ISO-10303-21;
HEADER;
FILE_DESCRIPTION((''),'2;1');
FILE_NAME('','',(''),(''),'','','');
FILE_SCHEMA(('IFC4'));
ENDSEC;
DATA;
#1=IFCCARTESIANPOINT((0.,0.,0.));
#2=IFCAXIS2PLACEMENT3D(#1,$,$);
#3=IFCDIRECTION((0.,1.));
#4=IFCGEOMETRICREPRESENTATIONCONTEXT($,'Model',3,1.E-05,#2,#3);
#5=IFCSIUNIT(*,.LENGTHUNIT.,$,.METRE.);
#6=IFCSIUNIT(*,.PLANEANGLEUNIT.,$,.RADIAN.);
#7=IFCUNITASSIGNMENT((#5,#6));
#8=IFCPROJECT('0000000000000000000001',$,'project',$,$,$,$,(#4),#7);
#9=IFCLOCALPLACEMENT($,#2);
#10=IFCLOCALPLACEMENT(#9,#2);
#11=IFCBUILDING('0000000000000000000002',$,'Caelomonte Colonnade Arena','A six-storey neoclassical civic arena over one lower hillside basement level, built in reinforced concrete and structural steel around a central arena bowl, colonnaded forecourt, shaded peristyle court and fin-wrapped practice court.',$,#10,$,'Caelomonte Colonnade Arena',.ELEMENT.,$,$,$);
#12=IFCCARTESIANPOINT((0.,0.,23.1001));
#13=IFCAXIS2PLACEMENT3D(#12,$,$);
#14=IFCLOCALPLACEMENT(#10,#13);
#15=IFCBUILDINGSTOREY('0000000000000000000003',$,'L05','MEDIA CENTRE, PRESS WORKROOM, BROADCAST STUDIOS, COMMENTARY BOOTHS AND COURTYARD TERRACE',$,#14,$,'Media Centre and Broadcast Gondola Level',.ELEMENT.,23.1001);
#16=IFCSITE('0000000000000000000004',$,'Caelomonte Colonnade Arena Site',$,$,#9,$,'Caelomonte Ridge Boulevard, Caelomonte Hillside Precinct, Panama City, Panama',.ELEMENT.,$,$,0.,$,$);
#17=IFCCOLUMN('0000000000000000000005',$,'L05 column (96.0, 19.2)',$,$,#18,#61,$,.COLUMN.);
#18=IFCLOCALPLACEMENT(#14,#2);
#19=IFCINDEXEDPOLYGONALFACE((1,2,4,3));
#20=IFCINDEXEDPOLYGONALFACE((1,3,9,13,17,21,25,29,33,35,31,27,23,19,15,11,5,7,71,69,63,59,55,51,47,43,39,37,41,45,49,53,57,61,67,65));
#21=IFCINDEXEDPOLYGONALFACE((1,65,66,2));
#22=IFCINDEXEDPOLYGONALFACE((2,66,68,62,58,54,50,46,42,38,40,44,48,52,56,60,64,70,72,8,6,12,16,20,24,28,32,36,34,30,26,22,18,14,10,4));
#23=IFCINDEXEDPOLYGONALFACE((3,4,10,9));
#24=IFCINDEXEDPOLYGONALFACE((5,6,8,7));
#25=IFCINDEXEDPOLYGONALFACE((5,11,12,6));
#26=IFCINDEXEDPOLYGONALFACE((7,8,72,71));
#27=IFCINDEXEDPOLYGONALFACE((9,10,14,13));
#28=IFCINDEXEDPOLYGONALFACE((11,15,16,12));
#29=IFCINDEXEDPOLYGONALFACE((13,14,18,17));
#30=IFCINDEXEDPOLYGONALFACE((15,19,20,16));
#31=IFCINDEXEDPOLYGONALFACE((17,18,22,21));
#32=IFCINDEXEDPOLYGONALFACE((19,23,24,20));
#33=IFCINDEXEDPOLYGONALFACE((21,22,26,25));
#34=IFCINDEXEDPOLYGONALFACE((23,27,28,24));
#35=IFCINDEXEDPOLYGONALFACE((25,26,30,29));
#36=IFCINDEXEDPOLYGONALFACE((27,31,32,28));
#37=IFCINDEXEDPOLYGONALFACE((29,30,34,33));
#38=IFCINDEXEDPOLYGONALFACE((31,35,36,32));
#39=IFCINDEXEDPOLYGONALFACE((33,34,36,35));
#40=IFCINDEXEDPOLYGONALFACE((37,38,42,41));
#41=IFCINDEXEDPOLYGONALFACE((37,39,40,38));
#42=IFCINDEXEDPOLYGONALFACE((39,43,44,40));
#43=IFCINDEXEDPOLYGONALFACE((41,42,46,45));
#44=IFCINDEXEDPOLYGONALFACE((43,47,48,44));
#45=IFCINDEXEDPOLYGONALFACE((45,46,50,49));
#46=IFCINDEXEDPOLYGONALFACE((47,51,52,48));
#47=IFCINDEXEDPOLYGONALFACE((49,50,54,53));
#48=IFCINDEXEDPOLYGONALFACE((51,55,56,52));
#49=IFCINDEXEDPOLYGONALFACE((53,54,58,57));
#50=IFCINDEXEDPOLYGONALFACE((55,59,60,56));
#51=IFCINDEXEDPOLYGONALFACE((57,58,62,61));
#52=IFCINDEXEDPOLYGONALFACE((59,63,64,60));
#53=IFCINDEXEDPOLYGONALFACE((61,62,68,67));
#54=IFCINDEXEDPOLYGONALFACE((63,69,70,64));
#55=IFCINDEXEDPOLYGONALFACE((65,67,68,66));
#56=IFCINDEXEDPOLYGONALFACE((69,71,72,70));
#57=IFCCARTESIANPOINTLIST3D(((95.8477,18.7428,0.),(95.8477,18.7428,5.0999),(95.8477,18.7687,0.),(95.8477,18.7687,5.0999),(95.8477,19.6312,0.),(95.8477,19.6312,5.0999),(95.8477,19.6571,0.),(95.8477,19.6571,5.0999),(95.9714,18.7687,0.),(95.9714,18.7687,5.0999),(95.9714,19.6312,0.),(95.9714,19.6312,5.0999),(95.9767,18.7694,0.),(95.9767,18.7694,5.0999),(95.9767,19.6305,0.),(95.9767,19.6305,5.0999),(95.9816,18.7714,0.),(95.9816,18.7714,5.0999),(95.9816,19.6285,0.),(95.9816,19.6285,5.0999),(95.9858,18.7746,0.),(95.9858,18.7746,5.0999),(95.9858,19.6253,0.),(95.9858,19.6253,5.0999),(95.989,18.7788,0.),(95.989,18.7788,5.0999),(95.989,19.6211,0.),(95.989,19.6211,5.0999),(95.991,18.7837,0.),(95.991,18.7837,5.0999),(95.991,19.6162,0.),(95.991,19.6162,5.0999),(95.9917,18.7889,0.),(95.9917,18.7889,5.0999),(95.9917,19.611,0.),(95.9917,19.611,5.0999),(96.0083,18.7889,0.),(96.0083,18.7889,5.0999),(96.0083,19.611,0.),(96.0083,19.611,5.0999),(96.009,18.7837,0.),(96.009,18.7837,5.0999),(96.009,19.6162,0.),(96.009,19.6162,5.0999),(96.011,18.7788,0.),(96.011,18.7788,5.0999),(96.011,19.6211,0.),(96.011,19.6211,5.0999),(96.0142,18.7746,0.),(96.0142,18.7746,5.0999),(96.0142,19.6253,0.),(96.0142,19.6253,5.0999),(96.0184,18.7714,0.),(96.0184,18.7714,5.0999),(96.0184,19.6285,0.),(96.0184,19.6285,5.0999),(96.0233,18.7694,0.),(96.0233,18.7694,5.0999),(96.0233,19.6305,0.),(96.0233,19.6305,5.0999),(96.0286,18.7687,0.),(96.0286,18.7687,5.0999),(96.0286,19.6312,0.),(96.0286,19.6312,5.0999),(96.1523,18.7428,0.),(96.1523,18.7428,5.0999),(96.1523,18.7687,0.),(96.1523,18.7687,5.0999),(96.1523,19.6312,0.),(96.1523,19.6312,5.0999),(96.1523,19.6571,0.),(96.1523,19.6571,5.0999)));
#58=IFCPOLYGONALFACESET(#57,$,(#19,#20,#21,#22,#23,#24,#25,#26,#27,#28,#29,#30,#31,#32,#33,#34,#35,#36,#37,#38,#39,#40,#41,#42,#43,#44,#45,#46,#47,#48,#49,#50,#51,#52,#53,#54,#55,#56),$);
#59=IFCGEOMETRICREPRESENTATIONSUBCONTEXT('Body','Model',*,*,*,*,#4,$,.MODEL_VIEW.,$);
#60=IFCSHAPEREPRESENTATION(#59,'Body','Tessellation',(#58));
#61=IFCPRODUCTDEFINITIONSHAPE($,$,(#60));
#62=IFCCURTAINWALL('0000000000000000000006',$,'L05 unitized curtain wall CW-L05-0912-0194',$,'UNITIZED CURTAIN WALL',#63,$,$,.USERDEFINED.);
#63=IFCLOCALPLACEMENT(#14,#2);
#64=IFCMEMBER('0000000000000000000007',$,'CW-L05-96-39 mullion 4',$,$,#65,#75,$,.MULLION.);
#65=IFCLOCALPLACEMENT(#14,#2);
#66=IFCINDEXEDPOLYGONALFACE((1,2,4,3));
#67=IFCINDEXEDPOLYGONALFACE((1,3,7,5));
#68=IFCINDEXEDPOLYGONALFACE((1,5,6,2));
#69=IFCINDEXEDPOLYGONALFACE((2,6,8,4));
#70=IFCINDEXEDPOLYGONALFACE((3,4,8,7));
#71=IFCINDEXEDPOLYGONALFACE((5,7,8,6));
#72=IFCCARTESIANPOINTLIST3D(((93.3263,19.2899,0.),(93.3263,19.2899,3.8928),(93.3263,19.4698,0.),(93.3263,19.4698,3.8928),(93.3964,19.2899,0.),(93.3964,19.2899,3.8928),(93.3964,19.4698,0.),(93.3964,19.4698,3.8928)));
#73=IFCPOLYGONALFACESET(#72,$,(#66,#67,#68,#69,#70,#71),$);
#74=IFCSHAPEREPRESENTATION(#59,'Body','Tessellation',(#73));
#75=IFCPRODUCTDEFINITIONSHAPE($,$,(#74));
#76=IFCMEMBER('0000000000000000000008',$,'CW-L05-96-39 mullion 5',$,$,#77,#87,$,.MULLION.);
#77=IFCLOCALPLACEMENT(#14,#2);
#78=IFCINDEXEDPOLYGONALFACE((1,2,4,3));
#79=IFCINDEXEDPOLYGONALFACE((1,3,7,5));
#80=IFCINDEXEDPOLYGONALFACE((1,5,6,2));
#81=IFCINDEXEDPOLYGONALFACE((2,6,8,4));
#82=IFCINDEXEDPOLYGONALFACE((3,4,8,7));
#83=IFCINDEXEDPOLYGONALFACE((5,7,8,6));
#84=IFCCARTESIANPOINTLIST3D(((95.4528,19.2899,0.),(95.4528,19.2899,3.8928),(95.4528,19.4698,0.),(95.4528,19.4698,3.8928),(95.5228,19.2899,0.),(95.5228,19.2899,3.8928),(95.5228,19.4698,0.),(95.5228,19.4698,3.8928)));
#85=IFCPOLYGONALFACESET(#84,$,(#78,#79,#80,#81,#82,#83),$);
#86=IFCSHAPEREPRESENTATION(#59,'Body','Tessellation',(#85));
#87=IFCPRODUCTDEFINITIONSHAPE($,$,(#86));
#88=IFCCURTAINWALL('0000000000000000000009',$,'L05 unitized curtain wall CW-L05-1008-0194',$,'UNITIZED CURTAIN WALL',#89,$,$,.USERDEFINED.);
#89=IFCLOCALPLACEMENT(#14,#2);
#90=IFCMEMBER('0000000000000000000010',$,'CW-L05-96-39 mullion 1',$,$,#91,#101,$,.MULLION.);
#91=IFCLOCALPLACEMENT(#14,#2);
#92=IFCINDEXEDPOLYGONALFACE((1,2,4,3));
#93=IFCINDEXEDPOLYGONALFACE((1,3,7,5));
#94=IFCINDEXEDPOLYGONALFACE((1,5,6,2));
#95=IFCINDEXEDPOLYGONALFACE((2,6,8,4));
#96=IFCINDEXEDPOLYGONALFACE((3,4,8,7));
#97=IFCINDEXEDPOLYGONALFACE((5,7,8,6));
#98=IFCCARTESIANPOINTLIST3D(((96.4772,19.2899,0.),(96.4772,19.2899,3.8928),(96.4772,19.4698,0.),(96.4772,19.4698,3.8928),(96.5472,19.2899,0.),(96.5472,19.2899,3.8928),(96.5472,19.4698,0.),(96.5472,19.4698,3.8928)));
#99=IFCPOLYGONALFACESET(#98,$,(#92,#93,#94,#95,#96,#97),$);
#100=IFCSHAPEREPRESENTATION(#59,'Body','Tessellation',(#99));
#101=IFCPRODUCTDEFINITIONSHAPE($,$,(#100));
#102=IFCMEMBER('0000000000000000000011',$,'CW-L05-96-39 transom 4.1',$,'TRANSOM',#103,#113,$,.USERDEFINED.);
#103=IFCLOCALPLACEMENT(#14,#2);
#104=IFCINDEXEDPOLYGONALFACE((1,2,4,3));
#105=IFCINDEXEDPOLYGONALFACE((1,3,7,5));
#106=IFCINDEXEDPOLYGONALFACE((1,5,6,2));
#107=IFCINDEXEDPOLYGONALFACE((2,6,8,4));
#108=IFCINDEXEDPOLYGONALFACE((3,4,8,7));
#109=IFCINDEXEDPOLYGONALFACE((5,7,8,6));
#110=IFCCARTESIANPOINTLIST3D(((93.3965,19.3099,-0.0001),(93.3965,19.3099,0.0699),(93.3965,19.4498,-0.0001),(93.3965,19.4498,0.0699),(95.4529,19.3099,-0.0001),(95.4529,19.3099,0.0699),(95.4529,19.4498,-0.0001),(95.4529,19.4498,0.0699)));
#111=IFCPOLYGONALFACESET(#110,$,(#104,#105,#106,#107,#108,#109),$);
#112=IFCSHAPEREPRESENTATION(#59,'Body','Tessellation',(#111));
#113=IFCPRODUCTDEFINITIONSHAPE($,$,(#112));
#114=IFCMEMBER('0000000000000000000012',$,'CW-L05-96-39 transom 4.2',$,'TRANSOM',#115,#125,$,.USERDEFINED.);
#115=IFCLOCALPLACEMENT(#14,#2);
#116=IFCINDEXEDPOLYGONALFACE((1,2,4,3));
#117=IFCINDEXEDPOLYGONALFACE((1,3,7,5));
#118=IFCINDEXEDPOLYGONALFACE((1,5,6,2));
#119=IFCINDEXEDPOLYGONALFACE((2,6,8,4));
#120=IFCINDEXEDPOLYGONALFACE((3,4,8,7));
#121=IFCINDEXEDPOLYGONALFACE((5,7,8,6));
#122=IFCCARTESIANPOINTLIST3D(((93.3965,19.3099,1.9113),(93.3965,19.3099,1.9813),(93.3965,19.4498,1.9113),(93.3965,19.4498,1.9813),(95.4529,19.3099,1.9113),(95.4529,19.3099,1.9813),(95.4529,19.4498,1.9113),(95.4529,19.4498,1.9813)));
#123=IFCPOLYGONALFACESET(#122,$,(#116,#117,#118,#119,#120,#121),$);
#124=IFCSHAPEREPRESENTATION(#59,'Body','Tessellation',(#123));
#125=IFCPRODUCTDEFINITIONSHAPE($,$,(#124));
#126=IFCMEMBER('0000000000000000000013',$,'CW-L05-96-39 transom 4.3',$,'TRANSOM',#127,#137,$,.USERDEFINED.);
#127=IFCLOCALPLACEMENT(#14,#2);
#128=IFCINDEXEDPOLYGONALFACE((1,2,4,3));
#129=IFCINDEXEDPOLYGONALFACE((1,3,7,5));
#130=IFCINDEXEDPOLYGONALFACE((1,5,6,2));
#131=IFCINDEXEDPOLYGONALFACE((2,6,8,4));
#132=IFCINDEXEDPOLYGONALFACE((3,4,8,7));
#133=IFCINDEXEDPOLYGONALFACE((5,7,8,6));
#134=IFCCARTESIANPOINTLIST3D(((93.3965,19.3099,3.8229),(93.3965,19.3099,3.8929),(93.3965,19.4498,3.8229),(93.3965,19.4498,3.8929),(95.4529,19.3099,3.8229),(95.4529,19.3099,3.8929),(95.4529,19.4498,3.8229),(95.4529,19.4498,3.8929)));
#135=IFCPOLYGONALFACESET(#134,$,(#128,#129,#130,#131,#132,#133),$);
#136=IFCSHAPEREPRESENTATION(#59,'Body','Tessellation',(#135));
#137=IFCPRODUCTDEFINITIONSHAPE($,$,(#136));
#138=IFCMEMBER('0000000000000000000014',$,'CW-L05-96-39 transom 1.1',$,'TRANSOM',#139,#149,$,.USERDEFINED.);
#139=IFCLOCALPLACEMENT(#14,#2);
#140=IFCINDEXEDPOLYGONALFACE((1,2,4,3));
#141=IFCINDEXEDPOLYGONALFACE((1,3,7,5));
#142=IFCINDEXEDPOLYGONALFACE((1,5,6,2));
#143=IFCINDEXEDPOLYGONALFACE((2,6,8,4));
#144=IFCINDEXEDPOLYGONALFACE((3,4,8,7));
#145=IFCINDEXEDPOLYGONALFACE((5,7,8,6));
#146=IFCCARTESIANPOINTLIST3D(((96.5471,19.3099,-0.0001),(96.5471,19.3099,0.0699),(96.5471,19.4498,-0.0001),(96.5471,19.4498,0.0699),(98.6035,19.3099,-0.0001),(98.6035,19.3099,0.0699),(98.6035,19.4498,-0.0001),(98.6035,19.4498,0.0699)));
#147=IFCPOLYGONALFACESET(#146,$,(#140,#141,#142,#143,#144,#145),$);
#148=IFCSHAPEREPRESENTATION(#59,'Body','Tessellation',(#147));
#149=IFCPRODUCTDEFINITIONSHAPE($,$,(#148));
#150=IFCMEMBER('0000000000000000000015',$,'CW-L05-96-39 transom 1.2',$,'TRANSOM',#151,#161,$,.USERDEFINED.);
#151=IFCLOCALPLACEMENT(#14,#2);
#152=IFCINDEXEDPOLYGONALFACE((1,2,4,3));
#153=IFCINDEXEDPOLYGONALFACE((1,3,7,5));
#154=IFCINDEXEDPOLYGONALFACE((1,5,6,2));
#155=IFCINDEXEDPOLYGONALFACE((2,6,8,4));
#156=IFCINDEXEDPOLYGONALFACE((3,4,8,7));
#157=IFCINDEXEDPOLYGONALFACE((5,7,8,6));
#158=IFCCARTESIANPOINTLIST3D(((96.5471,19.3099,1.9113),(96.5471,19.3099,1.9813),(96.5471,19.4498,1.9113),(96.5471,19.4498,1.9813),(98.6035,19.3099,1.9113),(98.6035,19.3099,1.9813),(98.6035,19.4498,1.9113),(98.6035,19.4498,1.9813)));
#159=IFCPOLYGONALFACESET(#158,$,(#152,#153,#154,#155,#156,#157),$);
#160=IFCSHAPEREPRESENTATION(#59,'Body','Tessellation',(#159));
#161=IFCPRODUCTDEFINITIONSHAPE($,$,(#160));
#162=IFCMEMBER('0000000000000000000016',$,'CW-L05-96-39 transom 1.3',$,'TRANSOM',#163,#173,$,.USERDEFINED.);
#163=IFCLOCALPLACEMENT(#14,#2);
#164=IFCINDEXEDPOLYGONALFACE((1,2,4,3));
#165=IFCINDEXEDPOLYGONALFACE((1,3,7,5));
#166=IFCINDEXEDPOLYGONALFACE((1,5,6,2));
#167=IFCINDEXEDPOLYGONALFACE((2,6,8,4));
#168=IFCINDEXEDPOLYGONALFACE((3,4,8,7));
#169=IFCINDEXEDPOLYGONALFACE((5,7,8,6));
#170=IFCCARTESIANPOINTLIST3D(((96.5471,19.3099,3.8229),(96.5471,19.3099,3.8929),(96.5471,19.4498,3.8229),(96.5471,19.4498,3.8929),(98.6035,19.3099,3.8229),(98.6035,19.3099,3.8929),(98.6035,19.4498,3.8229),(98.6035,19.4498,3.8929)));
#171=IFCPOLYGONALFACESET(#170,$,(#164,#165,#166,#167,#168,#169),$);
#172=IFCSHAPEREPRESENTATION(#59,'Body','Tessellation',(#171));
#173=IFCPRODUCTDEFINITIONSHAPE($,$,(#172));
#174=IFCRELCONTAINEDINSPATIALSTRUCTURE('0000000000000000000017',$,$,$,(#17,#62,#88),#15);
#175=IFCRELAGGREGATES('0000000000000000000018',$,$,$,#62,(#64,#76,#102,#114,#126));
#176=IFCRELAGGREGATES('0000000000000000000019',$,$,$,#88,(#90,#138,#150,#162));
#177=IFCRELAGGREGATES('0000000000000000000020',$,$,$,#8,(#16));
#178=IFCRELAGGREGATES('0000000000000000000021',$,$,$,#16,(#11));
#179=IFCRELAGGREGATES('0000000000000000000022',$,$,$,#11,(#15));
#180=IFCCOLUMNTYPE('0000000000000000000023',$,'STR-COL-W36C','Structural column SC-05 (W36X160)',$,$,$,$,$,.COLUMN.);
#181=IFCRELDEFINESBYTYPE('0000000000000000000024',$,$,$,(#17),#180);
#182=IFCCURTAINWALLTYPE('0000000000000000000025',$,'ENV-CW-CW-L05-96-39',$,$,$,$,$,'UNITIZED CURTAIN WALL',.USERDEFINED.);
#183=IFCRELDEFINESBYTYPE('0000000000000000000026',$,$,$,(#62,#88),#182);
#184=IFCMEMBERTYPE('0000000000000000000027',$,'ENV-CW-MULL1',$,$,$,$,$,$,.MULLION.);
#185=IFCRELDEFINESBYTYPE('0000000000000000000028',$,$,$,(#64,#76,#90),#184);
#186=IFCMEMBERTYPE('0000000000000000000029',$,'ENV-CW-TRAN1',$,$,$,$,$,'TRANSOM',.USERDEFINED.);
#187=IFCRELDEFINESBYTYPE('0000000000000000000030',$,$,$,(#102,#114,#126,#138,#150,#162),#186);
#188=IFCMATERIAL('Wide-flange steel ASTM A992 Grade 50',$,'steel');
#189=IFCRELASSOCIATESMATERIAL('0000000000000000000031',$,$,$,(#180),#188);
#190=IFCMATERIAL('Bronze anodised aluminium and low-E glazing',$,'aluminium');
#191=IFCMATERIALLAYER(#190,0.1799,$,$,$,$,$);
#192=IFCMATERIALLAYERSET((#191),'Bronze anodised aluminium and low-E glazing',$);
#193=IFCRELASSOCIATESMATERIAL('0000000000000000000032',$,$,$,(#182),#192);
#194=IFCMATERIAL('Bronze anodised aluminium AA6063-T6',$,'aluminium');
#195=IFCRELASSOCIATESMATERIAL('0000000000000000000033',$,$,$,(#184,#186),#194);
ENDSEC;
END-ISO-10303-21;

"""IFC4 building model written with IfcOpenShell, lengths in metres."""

from ifc_helpers import new_model, si_unit, direction, frame, origin, origin_2d, place, context, subcontext, project, spatial, rectangle, i_section, extrude, material, layer, layer_set, material_profile, profile_set, type_object, element, aggregate, save


model = new_model("IFC4")

# Units and contexts
model_context = context("Model", 3, precision=1e-05, world=origin(), true_north=direction((0.0, 1.0)))
body_context = subcontext(model_context, "Body", "Model", "MODEL_VIEW")
ifc_project = project(units=[si_unit("LENGTHUNIT", "METRE"), si_unit("PLANEANGLEUNIT", "RADIAN")], contexts=[model_context])

# Site, building, storey
site_placement = place(None, origin())
site = spatial("IfcSite", under=ifc_project, at=site_placement, Name="Caelomonte Colonnade Arena Site", LongName="Caelomonte Ridge Boulevard, Caelomonte Hillside Precinct, Panama City, Panama", CompositionType="ELEMENT", RefElevation=0.0)
building_placement = place(site_placement, origin())
building = spatial("IfcBuilding", under=site, at=building_placement, Name="Caelomonte Colonnade Arena", Description="A six-storey neoclassical civic arena over one lower hillside basement level, built in reinforced concrete and structural steel around a central arena bowl, colonnaded forecourt, shaded peristyle court and fin-wrapped practice court.", LongName="Caelomonte Colonnade Arena", CompositionType="ELEMENT")
storey_placement = place(building_placement, frame((0.0, 0.0, 23.1001)))
storey = spatial("IfcBuildingStorey", under=building, at=storey_placement, Name="L05", Description="MEDIA CENTRE, PRESS WORKROOM, BROADCAST STUDIOS, COMMENTARY BOOTHS AND COURTYARD TERRACE", LongName="Media Centre and Broadcast Gondola Level", CompositionType="ELEMENT", Elevation=23.1001)

# Column
ifc_material_1 = material(Name="Wide-flange steel ASTM A992 Grade 50", Category="steel")
ifc_material_profile_1 = material_profile(ifc_material_1, i_section(OverallWidth=0.3047, OverallDepth=0.9143, WebThickness=0.0166, FlangeThickness=0.0259, FilletRadius=0.0203, at=origin_2d()), Name="W36X160")
ifc_profile_set_1 = profile_set([ifc_material_profile_1], Name="Wide-flange steel ASTM A992 Grade 50")
column_type = type_object("IfcColumnType", Name="STR-COL-W36C", Description="Structural column SC-05 (W36X160)", PredefinedType="COLUMN", material=ifc_profile_set_1)
column_placement = place(storey_placement, frame((96.0, 19.2, 0.0), z_axis=(0.0, 0.0, 1.0), x_axis=(1.0, 0.0, 0.0)))
element("IfcColumn", 1, at=column_placement, inside=storey, type_object=column_type, Name="L05 column (96.0, 19.2)", PredefinedType="COLUMN", context=body_context, shape_type="SweptSolid", body=[
    extrude(i_section(OverallWidth=0.3047, OverallDepth=0.9143, WebThickness=0.0166, FlangeThickness=0.0259, FilletRadius=0.0203, at=origin_2d()), origin(), (0.0, 0.0, 1.0), 5.0999),
])

# Curtain wall, members
ifc_material_2 = material(Name="Bronze anodised aluminium and low-E glazing", Category="aluminium")
ifc_layer_1 = layer(ifc_material_2, 0.1799)
ifc_layer_set_1 = layer_set([ifc_layer_1], Name="Bronze anodised aluminium and low-E glazing")
curtain_wall_type = type_object("IfcCurtainWallType", Name="ENV-CW-CW-L05-96-39", ElementType="UNITIZED CURTAIN WALL", PredefinedType="USERDEFINED", material=ifc_layer_set_1)
curtain_wall_1_placement = place(storey_placement, origin())
curtain_wall_1 = element("IfcCurtainWall", 2, at=curtain_wall_1_placement, inside=storey, type_object=curtain_wall_type, Name="L05 unitized curtain wall CW-L05-0912-0194", ObjectType="UNITIZED CURTAIN WALL", PredefinedType="USERDEFINED")
ifc_material_3 = material(Name="Bronze anodised aluminium AA6063-T6", Category="aluminium")
ifc_material_profile_2 = material_profile(ifc_material_3, rectangle(XDim=0.0701, YDim=0.1799, at=origin_2d()), Name="CWM-70X180")
ifc_profile_set_2 = profile_set([ifc_material_profile_2], Name="Bronze anodised aluminium AA6063-T6")
member_type_1 = type_object("IfcMemberType", Name="ENV-CW-MULL1", PredefinedType="MULLION", material=ifc_profile_set_2)
member_1_placement = place(storey_placement, frame((93.3613, 19.3799, 0.0), z_axis=(0.0, 0.0, 1.0), x_axis=(1.0, 0.0, 0.0)))
member_1 = element("IfcMember", 3, at=member_1_placement, type_object=member_type_1, Name="CW-L05-96-39 mullion 4", PredefinedType="MULLION", context=body_context, shape_type="SweptSolid", body=[
    extrude(rectangle(XDim=0.0701, YDim=0.1799, at=origin_2d()), origin(), (0.0, 0.0, 1.0), 3.8928),
])
member_2_placement = place(storey_placement, frame((95.4878, 19.3799, 0.0), z_axis=(0.0, 0.0, 1.0), x_axis=(1.0, 0.0, 0.0)))
member_2 = element("IfcMember", 4, at=member_2_placement, type_object=member_type_1, Name="CW-L05-96-39 mullion 5", PredefinedType="MULLION", context=body_context, shape_type="SweptSolid", body=[
    extrude(rectangle(XDim=0.0701, YDim=0.1799, at=origin_2d()), origin(), (0.0, 0.0, 1.0), 3.8928),
])

# Curtain wall, member
curtain_wall_2_placement = place(storey_placement, origin())
curtain_wall_2 = element("IfcCurtainWall", 5, at=curtain_wall_2_placement, inside=storey, type_object=curtain_wall_type, Name="L05 unitized curtain wall CW-L05-1008-0194", ObjectType="UNITIZED CURTAIN WALL", PredefinedType="USERDEFINED")
member_3_placement = place(storey_placement, frame((96.5122, 19.3799, 0.0), z_axis=(0.0, 0.0, 1.0), x_axis=(1.0, 0.0, 0.0)))
member_3 = element("IfcMember", 6, at=member_3_placement, type_object=member_type_1, Name="CW-L05-96-39 mullion 1", PredefinedType="MULLION", context=body_context, shape_type="SweptSolid", body=[
    extrude(rectangle(XDim=0.0701, YDim=0.1799, at=origin_2d()), origin(), (0.0, 0.0, 1.0), 3.8928),
])

# Members
ifc_material_profile_3 = material_profile(ifc_material_3, rectangle(XDim=0.0701, YDim=0.1399, at=origin_2d()), Name="CWT-70X140")
ifc_profile_set_3 = profile_set([ifc_material_profile_3], Name="Bronze anodised aluminium AA6063-T6")
member_type_2 = type_object("IfcMemberType", Name="ENV-CW-TRAN1", ElementType="TRANSOM", PredefinedType="USERDEFINED", material=ifc_profile_set_3)
member_4_placement = place(storey_placement, frame((93.3965, 19.3799, 0.0349), z_axis=(1.0, 0.0, 0.0), x_axis=(0.0, 0.0, 1.0)))
member_4 = element("IfcMember", 7, at=member_4_placement, type_object=member_type_2, Name="CW-L05-96-39 transom 4.1", ObjectType="TRANSOM", PredefinedType="USERDEFINED", context=body_context, shape_type="SweptSolid", body=[
    extrude(rectangle(XDim=0.0701, YDim=0.1399, at=origin_2d()), origin(), (0.0, 0.0, 1.0), 2.0564),
])
member_5_placement = place(storey_placement, frame((93.3965, 19.3799, 1.9463), z_axis=(1.0, 0.0, 0.0), x_axis=(0.0, 0.0, 1.0)))
member_5 = element("IfcMember", 8, at=member_5_placement, type_object=member_type_2, Name="CW-L05-96-39 transom 4.2", ObjectType="TRANSOM", PredefinedType="USERDEFINED", context=body_context, shape_type="SweptSolid", body=[
    extrude(rectangle(XDim=0.0701, YDim=0.1399, at=origin_2d()), origin(), (0.0, 0.0, 1.0), 2.0564),
])
member_6_placement = place(storey_placement, frame((93.3965, 19.3799, 3.8579), z_axis=(1.0, 0.0, 0.0), x_axis=(0.0, 0.0, 1.0)))
member_6 = element("IfcMember", 9, at=member_6_placement, type_object=member_type_2, Name="CW-L05-96-39 transom 4.3", ObjectType="TRANSOM", PredefinedType="USERDEFINED", context=body_context, shape_type="SweptSolid", body=[
    extrude(rectangle(XDim=0.0701, YDim=0.1399, at=origin_2d()), origin(), (0.0, 0.0, 1.0), 2.0564),
])
member_7_placement = place(storey_placement, frame((96.5471, 19.3799, 0.0349), z_axis=(1.0, 0.0, 0.0), x_axis=(0.0, 0.0, 1.0)))
member_7 = element("IfcMember", 10, at=member_7_placement, type_object=member_type_2, Name="CW-L05-96-39 transom 1.1", ObjectType="TRANSOM", PredefinedType="USERDEFINED", context=body_context, shape_type="SweptSolid", body=[
    extrude(rectangle(XDim=0.0701, YDim=0.1399, at=origin_2d()), origin(), (0.0, 0.0, 1.0), 2.0564),
])
member_8_placement = place(storey_placement, frame((96.5471, 19.3799, 1.9463), z_axis=(1.0, 0.0, 0.0), x_axis=(0.0, 0.0, 1.0)))
member_8 = element("IfcMember", 11, at=member_8_placement, type_object=member_type_2, Name="CW-L05-96-39 transom 1.2", ObjectType="TRANSOM", PredefinedType="USERDEFINED", context=body_context, shape_type="SweptSolid", body=[
    extrude(rectangle(XDim=0.0701, YDim=0.1399, at=origin_2d()), origin(), (0.0, 0.0, 1.0), 2.0564),
])
member_9_placement = place(storey_placement, frame((96.5471, 19.3799, 3.8579), z_axis=(1.0, 0.0, 0.0), x_axis=(0.0, 0.0, 1.0)))
member_9 = element("IfcMember", 12, at=member_9_placement, type_object=member_type_2, Name="CW-L05-96-39 transom 1.3", ObjectType="TRANSOM", PredefinedType="USERDEFINED", context=body_context, shape_type="SweptSolid", body=[
    extrude(rectangle(XDim=0.0701, YDim=0.1399, at=origin_2d()), origin(), (0.0, 0.0, 1.0), 2.0564),
])

aggregate(curtain_wall_1, [member_1, member_2, member_4, member_5, member_6])
aggregate(curtain_wall_2, [member_3, member_7, member_8, member_9])

save(model, "model.ifc")
